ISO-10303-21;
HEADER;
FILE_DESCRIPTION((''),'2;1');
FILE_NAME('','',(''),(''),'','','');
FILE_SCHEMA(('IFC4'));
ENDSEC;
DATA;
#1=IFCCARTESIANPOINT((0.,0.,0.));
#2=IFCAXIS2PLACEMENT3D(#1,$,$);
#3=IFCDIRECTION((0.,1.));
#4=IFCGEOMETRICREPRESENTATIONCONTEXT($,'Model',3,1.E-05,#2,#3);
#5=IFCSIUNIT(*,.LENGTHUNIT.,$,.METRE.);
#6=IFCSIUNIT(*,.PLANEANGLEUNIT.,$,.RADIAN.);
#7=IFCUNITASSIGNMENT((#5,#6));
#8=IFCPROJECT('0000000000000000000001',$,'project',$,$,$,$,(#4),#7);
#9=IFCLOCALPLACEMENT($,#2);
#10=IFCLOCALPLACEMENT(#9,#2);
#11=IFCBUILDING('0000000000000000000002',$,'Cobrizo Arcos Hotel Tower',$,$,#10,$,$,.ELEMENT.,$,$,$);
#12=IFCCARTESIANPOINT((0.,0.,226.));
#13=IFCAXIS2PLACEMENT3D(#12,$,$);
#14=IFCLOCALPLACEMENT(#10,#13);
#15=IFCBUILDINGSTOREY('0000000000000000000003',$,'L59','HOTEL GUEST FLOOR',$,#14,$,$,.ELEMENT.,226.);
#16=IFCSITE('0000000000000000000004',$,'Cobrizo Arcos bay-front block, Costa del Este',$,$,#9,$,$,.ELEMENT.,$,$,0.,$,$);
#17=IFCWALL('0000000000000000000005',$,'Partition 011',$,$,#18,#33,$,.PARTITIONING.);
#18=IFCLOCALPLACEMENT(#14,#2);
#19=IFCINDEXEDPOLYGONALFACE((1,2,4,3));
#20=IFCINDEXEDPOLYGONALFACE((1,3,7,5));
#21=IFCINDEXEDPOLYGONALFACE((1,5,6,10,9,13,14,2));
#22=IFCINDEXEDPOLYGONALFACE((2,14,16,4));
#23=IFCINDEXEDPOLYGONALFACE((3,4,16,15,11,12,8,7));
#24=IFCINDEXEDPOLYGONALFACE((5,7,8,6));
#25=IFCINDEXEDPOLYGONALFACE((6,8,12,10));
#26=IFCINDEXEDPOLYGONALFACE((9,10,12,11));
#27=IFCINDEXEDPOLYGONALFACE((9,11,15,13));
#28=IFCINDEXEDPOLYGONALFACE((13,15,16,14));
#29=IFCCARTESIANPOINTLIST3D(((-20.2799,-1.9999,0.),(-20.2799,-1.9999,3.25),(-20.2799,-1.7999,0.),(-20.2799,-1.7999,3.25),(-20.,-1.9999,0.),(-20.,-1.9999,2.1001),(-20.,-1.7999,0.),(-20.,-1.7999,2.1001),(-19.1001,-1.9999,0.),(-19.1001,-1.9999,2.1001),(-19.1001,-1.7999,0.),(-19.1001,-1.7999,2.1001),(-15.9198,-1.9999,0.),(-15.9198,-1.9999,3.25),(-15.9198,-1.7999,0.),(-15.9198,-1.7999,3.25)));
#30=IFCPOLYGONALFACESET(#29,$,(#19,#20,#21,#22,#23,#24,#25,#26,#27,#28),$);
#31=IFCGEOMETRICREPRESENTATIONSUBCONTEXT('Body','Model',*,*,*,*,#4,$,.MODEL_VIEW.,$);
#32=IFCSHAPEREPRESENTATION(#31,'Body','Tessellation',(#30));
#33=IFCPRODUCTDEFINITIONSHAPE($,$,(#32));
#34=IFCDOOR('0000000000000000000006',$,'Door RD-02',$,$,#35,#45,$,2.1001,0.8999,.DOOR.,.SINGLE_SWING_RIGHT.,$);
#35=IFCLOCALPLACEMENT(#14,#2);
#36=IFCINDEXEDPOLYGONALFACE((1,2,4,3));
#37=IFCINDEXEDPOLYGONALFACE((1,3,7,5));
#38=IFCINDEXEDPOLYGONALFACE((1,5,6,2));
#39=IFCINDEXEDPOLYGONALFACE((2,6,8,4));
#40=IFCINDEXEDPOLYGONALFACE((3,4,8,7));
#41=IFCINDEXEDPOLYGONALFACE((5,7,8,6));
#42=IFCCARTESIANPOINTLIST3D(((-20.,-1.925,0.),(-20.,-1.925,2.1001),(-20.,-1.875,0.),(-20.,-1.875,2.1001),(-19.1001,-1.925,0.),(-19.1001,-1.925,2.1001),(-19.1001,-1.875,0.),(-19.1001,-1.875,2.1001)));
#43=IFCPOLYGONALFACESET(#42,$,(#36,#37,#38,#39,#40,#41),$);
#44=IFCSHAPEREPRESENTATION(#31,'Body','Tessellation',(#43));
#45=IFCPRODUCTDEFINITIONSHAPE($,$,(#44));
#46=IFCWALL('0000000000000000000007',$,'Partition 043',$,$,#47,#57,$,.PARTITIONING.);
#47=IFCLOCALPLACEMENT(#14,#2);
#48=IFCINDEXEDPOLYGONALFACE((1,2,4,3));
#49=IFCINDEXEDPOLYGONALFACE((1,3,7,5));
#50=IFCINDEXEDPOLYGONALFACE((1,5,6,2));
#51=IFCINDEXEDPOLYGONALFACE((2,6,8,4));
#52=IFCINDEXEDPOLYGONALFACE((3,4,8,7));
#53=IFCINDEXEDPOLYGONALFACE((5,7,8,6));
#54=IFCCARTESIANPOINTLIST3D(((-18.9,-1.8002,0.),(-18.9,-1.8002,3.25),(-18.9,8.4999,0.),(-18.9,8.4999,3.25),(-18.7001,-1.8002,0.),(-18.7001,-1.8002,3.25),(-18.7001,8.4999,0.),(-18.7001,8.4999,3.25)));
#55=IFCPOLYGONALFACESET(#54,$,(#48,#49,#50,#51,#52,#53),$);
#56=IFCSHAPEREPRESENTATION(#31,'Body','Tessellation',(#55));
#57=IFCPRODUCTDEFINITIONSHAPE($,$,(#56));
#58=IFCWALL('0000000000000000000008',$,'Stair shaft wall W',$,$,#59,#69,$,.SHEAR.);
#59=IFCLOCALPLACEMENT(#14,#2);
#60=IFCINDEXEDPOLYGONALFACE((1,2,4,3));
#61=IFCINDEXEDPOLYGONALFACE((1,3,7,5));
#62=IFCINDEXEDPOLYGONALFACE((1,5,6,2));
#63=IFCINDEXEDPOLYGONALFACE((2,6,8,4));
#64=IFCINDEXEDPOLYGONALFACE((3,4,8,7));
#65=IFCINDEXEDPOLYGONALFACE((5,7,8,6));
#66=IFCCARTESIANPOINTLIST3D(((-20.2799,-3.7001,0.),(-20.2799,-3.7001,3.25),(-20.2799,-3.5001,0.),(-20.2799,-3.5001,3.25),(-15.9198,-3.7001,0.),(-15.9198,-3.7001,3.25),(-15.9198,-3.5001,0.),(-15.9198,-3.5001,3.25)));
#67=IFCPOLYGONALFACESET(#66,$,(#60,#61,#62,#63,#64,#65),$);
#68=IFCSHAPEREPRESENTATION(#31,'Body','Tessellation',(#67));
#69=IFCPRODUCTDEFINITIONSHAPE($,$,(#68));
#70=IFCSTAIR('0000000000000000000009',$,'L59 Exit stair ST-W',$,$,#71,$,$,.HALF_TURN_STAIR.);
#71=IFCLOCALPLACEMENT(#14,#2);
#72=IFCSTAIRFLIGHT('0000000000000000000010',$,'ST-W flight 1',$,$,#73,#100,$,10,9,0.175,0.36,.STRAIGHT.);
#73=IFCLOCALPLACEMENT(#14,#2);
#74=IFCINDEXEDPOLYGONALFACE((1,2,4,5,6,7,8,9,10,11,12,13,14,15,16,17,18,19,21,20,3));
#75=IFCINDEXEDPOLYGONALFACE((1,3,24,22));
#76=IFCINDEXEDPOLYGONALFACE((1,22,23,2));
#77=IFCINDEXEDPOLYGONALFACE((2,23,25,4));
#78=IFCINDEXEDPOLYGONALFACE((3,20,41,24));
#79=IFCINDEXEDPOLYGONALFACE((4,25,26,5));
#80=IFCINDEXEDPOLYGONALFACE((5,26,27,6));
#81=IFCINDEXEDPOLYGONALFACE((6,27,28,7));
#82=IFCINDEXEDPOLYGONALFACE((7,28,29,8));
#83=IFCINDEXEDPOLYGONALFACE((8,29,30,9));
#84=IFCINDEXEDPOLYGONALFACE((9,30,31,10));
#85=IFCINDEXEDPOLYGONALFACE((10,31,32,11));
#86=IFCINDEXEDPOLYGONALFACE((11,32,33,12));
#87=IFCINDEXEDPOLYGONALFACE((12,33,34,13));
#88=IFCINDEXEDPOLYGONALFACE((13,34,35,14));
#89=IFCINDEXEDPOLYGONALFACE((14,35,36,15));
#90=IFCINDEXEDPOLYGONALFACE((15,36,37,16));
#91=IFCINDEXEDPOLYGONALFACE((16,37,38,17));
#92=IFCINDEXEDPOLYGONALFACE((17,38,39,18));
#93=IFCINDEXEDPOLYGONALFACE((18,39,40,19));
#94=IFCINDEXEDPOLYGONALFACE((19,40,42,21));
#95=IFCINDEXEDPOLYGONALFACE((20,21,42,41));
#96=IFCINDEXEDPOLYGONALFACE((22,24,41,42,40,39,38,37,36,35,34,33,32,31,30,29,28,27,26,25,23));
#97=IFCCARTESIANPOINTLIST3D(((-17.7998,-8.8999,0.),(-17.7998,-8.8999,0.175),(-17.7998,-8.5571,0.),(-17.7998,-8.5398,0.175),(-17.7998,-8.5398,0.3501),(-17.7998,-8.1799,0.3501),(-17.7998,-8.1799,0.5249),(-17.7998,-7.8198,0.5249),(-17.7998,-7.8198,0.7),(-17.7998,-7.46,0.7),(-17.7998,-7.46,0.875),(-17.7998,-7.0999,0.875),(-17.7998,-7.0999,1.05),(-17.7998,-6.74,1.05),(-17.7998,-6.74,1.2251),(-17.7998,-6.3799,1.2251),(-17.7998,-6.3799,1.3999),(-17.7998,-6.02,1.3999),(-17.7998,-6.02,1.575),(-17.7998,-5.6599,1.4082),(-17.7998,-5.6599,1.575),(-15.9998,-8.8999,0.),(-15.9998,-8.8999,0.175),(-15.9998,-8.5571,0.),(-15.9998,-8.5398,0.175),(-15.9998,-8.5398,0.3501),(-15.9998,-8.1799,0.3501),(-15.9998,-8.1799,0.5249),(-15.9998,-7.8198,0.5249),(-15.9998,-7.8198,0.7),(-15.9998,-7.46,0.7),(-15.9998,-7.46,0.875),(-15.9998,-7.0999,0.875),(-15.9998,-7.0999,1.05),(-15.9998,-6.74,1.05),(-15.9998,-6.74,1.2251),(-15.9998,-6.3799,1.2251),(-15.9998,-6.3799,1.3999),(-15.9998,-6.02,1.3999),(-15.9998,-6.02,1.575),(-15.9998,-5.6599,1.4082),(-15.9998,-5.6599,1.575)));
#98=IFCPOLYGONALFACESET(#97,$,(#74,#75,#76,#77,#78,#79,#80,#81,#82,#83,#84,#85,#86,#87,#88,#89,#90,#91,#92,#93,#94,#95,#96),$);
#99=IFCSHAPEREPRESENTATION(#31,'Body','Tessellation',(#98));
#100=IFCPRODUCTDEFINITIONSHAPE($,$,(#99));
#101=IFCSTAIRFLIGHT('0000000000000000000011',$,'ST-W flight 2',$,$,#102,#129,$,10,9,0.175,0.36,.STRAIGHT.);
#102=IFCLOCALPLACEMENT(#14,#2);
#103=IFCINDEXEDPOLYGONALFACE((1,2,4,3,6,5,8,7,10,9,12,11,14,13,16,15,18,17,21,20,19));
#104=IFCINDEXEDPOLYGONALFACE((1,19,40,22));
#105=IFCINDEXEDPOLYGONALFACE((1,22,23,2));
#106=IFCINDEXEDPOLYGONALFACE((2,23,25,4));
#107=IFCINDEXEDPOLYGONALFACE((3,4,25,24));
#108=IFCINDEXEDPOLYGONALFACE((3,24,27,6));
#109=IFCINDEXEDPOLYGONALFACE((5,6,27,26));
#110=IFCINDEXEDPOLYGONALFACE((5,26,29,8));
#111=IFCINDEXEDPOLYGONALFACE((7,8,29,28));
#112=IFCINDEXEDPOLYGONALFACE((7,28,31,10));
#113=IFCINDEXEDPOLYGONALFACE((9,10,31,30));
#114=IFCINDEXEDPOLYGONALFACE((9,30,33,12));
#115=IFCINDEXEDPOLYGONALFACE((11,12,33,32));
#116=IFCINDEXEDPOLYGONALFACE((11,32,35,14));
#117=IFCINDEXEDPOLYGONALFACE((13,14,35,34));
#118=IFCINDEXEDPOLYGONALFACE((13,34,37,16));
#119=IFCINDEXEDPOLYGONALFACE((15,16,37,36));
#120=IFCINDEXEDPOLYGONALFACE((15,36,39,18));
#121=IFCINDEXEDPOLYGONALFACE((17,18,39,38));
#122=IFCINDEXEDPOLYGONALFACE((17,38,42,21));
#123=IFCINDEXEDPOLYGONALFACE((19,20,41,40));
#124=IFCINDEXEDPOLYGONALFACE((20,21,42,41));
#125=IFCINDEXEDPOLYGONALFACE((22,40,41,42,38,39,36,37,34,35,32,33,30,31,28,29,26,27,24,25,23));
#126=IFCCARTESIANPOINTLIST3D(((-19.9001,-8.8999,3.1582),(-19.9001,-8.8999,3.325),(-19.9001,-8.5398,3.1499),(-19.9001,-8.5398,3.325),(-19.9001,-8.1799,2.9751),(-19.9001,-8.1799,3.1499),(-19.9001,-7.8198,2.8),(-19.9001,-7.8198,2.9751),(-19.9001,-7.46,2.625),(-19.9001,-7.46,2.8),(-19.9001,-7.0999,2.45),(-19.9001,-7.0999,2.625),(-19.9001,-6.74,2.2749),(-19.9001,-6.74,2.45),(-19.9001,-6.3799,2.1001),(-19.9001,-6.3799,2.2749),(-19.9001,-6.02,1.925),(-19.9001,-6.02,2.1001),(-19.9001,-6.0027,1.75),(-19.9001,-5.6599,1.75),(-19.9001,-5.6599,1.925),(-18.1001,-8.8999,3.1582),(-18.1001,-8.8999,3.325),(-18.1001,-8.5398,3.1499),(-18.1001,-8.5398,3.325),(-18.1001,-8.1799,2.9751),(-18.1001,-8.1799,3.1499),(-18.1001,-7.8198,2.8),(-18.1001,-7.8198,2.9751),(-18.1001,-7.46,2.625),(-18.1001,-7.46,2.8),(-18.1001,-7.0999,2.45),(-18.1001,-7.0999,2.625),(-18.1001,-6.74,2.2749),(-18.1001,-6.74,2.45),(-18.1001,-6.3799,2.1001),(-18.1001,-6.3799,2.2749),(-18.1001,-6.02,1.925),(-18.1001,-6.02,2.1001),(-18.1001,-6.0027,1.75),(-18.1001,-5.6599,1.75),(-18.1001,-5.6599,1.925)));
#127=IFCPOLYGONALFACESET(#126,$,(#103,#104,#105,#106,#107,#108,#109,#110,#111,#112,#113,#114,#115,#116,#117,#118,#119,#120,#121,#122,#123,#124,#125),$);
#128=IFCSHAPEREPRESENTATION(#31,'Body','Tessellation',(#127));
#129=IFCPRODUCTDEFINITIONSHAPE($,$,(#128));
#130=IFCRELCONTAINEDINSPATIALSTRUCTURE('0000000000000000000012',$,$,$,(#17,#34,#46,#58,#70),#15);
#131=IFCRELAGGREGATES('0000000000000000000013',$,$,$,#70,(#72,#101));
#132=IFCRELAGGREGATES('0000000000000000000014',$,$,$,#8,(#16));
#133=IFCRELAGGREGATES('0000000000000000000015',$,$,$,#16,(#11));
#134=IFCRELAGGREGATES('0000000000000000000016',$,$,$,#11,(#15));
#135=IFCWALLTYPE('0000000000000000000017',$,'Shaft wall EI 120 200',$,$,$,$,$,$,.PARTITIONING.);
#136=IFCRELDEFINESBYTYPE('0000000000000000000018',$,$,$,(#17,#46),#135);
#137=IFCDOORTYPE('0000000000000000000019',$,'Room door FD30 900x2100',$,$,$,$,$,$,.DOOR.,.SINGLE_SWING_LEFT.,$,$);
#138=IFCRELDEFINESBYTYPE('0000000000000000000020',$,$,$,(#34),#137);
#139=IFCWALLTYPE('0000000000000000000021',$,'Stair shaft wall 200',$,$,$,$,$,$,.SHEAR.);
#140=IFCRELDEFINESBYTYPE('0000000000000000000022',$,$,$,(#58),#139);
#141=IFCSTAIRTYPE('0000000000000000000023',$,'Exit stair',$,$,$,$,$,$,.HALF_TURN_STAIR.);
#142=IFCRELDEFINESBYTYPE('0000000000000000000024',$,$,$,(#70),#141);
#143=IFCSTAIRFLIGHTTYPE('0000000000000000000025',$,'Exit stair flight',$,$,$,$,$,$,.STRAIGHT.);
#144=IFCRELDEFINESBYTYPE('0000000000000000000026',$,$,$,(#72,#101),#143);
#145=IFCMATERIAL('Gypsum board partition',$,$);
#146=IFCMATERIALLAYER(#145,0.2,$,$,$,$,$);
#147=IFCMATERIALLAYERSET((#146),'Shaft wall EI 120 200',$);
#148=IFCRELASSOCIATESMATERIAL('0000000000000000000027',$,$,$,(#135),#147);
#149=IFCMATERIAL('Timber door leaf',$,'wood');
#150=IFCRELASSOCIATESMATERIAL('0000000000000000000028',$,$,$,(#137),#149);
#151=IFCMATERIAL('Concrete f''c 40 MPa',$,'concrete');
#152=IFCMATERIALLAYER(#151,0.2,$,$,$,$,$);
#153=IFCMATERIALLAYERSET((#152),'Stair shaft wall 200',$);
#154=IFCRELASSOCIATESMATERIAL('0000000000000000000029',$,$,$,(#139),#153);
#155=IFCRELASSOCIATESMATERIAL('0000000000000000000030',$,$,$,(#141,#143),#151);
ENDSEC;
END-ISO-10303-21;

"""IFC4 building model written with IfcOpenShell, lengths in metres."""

from ifc_helpers import new_model, si_unit, direction, frame, frame_2d, origin, place, context, subcontext, project, spatial, polyline, rectangle, outline, extrude, material, layer, layer_set, type_object, element, fill, aggregate, save


model = new_model("IFC4")

# Units and contexts
model_context = context("Model", 3, precision=1e-05, world=origin(), true_north=direction((0.0, 1.0)))
body_context = subcontext(model_context, "Body", "Model", "MODEL_VIEW")
ifc_project = project(units=[si_unit("LENGTHUNIT", "METRE"), si_unit("PLANEANGLEUNIT", "RADIAN")], contexts=[model_context])

# Site, building, storey
site_placement = place(None, origin())
site = spatial("IfcSite", under=ifc_project, at=site_placement, Name="Cobrizo Arcos bay-front block, Costa del Este", CompositionType="ELEMENT", RefElevation=0.0)
building_placement = place(site_placement, origin())
building = spatial("IfcBuilding", under=site, at=building_placement, Name="Cobrizo Arcos Hotel Tower", CompositionType="ELEMENT")
storey_placement = place(building_placement, frame((0.0, 0.0, 226.0)))
storey = spatial("IfcBuildingStorey", under=building, at=storey_placement, Name="L59", Description="HOTEL GUEST FLOOR", CompositionType="ELEMENT", Elevation=226.0)

# Wall, opening, door
ifc_material_1 = material(Name="Gypsum board partition")
ifc_layer_1 = layer(ifc_material_1, 0.2)
ifc_layer_set_1 = layer_set([ifc_layer_1], Name="Shaft wall EI 120 200")
wall_type_1 = type_object("IfcWallType", Name="Shaft wall EI 120 200", PredefinedType="PARTITIONING", material=ifc_layer_set_1)
wall_1_placement = place(storey_placement, frame((-20.28, -1.8999, 0.0), z_axis=(0.0, 0.0, 1.0), x_axis=(1.0, 0.0, 0.0)))
wall_1 = element("IfcWall", 1, at=wall_1_placement, inside=storey, type_object=wall_type_1, Name="Partition 011", PredefinedType="PARTITIONING", context=body_context, shape_type="SweptSolid", body=[
    extrude(rectangle(XDim=4.3601, YDim=0.2, at=frame_2d((2.1802, 0.0))), origin(), (0.0, 0.0, 1.0), 3.25),
])
opening_placement = place(wall_1_placement, frame((0.28, 0.0, 0.0)))
opening = element("IfcOpeningElement", 2, at=opening_placement, cuts=wall_1, PredefinedType="OPENING", context=body_context, shape_type="SweptSolid", body=[
    extrude(rectangle(XDim=0.8999, YDim=2.1001, at=frame_2d((0.45, 1.05))), frame((0.0, 0.1121, 0.0), z_axis=(0.0, -1.0, 0.0), x_axis=(1.0, 0.0, 0.0)), (0.0, 0.0, 1.0), 0.2239),
])
ifc_material_2 = material(Name="Timber door leaf", Category="wood")
door_type = type_object("IfcDoorType", Name="Room door FD30 900x2100", OperationType="SINGLE_SWING_LEFT", PredefinedType="DOOR", material=ifc_material_2)
door_placement = place(opening_placement, origin())
door = element("IfcDoor", 3, at=door_placement, inside=storey, type_object=door_type, Name="Door RD-02", OperationType="SINGLE_SWING_RIGHT", OverallHeight=2.1001, OverallWidth=0.8999, PredefinedType="DOOR", context=body_context, shape_type="SweptSolid", body=[
    extrude(rectangle(XDim=0.8999, YDim=2.1001, at=frame_2d((0.45, 1.05))), frame((0.0, 0.0249, 0.0), z_axis=(0.0, -1.0, 0.0), x_axis=(1.0, 0.0, 0.0)), (0.0, 0.0, 1.0), 0.05),
])
fill(opening, door)

# Walls
wall_2_placement = place(storey_placement, frame((-18.8, -1.8, 0.0), z_axis=(0.0, 0.0, 1.0), x_axis=(0.0, 1.0, 0.0)))
element("IfcWall", 4, at=wall_2_placement, inside=storey, type_object=wall_type_1, Name="Partition 043", PredefinedType="PARTITIONING", context=body_context, shape_type="SweptSolid", body=[
    extrude(rectangle(XDim=10.3, YDim=0.2, at=frame_2d((5.1499, 0.0))), origin(), (0.0, 0.0, 1.0), 3.25),
])
ifc_material_3 = material(Name="Concrete f'c 40 MPa", Category="concrete")
ifc_layer_2 = layer(ifc_material_3, 0.2)
ifc_layer_set_2 = layer_set([ifc_layer_2], Name="Stair shaft wall 200")
wall_type_2 = type_object("IfcWallType", Name="Stair shaft wall 200", PredefinedType="SHEAR", material=ifc_layer_set_2)
wall_3_placement = place(storey_placement, frame((-20.28, -3.6001, 0.0), z_axis=(0.0, 0.0, 1.0), x_axis=(1.0, 0.0, 0.0)))
element("IfcWall", 5, at=wall_3_placement, inside=storey, type_object=wall_type_2, Name="Stair shaft wall W", PredefinedType="SHEAR", context=body_context, shape_type="SweptSolid", body=[
    extrude(rectangle(XDim=4.3601, YDim=0.2, at=frame_2d((2.1802, 0.0))), origin(), (0.0, 0.0, 1.0), 3.25),
])

# Stair, stair flights
stair_type = type_object("IfcStairType", Name="Exit stair", PredefinedType="HALF_TURN_STAIR", material=ifc_material_3)
stair_placement = place(storey_placement, origin())
stair = element("IfcStair", 6, at=stair_placement, inside=storey, type_object=stair_type, Name="L59 Exit stair ST-W", PredefinedType="HALF_TURN_STAIR")
stair_flight_type = type_object("IfcStairFlightType", Name="Exit stair flight", PredefinedType="STRAIGHT", material=ifc_material_3)
stair_flight_1_placement = place(storey_placement, frame((-16.8999, -8.8999, 0.0), z_axis=(0.0, 0.0, 1.0), x_axis=(0.0, 1.0, 0.0)))
stair_flight_1 = element("IfcStairFlight", 7, at=stair_flight_1_placement, type_object=stair_flight_type, Name="ST-W flight 1", NumberOfRisers=10, NumberOfTreads=9, PredefinedType="STRAIGHT", RiserHeight=0.175, TreadLength=0.36, context=body_context, shape_type="SweptSolid", body=[
    extrude(outline(polyline([(0.0, 0.0), (0.0, 0.175), (0.3601, 0.175), (0.3601, 0.3501), (0.72, 0.3501), (0.72, 0.5249), (1.0801, 0.5249), (1.0801, 0.7), (1.4399, 0.7), (1.4399, 0.875), (1.8, 0.875), (1.8, 1.05), (2.1599, 1.05), (2.1599, 1.2251), (2.52, 1.2251), (2.52, 1.3999), (2.8799, 1.3999), (2.8799, 1.575), (3.24, 1.575), (3.24, 1.75), (3.24, 1.4082), (0.3428, 0.0), (0.0, 0.0)])), frame((0.0, 0.8999, 0.0), z_axis=(0.0, -1.0, 0.0), x_axis=(1.0, 0.0, 0.0)), (0.0, 0.0, 1.0), 1.8),
])
stair_flight_2_placement = place(storey_placement, frame((-19.0, -5.6599, 1.75), z_axis=(0.0, 0.0, 1.0), x_axis=(0.0, -1.0, 0.0)))
stair_flight_2 = element("IfcStairFlight", 8, at=stair_flight_2_placement, type_object=stair_flight_type, Name="ST-W flight 2", NumberOfRisers=10, NumberOfTreads=9, PredefinedType="STRAIGHT", RiserHeight=0.175, TreadLength=0.36, context=body_context, shape_type="SweptSolid", body=[
    extrude(outline(polyline([(0.0, 0.0), (0.0, 0.175), (0.3601, 0.175), (0.3601, 0.3501), (0.72, 0.3501), (0.72, 0.5249), (1.0801, 0.5249), (1.0801, 0.7), (1.4399, 0.7), (1.4399, 0.875), (1.8, 0.875), (1.8, 1.05), (2.1599, 1.05), (2.1599, 1.2251), (2.52, 1.2251), (2.52, 1.3999), (2.8799, 1.3999), (2.8799, 1.575), (3.24, 1.575), (3.24, 1.75), (3.24, 1.4082), (0.3428, 0.0), (0.0, 0.0)])), frame((0.0, 0.8999, 0.0), z_axis=(0.0, -1.0, 0.0), x_axis=(1.0, 0.0, 0.0)), (0.0, 0.0, 1.0), 1.8),
])
aggregate(stair, [stair_flight_1, stair_flight_2])

save(model, "model.ifc")
